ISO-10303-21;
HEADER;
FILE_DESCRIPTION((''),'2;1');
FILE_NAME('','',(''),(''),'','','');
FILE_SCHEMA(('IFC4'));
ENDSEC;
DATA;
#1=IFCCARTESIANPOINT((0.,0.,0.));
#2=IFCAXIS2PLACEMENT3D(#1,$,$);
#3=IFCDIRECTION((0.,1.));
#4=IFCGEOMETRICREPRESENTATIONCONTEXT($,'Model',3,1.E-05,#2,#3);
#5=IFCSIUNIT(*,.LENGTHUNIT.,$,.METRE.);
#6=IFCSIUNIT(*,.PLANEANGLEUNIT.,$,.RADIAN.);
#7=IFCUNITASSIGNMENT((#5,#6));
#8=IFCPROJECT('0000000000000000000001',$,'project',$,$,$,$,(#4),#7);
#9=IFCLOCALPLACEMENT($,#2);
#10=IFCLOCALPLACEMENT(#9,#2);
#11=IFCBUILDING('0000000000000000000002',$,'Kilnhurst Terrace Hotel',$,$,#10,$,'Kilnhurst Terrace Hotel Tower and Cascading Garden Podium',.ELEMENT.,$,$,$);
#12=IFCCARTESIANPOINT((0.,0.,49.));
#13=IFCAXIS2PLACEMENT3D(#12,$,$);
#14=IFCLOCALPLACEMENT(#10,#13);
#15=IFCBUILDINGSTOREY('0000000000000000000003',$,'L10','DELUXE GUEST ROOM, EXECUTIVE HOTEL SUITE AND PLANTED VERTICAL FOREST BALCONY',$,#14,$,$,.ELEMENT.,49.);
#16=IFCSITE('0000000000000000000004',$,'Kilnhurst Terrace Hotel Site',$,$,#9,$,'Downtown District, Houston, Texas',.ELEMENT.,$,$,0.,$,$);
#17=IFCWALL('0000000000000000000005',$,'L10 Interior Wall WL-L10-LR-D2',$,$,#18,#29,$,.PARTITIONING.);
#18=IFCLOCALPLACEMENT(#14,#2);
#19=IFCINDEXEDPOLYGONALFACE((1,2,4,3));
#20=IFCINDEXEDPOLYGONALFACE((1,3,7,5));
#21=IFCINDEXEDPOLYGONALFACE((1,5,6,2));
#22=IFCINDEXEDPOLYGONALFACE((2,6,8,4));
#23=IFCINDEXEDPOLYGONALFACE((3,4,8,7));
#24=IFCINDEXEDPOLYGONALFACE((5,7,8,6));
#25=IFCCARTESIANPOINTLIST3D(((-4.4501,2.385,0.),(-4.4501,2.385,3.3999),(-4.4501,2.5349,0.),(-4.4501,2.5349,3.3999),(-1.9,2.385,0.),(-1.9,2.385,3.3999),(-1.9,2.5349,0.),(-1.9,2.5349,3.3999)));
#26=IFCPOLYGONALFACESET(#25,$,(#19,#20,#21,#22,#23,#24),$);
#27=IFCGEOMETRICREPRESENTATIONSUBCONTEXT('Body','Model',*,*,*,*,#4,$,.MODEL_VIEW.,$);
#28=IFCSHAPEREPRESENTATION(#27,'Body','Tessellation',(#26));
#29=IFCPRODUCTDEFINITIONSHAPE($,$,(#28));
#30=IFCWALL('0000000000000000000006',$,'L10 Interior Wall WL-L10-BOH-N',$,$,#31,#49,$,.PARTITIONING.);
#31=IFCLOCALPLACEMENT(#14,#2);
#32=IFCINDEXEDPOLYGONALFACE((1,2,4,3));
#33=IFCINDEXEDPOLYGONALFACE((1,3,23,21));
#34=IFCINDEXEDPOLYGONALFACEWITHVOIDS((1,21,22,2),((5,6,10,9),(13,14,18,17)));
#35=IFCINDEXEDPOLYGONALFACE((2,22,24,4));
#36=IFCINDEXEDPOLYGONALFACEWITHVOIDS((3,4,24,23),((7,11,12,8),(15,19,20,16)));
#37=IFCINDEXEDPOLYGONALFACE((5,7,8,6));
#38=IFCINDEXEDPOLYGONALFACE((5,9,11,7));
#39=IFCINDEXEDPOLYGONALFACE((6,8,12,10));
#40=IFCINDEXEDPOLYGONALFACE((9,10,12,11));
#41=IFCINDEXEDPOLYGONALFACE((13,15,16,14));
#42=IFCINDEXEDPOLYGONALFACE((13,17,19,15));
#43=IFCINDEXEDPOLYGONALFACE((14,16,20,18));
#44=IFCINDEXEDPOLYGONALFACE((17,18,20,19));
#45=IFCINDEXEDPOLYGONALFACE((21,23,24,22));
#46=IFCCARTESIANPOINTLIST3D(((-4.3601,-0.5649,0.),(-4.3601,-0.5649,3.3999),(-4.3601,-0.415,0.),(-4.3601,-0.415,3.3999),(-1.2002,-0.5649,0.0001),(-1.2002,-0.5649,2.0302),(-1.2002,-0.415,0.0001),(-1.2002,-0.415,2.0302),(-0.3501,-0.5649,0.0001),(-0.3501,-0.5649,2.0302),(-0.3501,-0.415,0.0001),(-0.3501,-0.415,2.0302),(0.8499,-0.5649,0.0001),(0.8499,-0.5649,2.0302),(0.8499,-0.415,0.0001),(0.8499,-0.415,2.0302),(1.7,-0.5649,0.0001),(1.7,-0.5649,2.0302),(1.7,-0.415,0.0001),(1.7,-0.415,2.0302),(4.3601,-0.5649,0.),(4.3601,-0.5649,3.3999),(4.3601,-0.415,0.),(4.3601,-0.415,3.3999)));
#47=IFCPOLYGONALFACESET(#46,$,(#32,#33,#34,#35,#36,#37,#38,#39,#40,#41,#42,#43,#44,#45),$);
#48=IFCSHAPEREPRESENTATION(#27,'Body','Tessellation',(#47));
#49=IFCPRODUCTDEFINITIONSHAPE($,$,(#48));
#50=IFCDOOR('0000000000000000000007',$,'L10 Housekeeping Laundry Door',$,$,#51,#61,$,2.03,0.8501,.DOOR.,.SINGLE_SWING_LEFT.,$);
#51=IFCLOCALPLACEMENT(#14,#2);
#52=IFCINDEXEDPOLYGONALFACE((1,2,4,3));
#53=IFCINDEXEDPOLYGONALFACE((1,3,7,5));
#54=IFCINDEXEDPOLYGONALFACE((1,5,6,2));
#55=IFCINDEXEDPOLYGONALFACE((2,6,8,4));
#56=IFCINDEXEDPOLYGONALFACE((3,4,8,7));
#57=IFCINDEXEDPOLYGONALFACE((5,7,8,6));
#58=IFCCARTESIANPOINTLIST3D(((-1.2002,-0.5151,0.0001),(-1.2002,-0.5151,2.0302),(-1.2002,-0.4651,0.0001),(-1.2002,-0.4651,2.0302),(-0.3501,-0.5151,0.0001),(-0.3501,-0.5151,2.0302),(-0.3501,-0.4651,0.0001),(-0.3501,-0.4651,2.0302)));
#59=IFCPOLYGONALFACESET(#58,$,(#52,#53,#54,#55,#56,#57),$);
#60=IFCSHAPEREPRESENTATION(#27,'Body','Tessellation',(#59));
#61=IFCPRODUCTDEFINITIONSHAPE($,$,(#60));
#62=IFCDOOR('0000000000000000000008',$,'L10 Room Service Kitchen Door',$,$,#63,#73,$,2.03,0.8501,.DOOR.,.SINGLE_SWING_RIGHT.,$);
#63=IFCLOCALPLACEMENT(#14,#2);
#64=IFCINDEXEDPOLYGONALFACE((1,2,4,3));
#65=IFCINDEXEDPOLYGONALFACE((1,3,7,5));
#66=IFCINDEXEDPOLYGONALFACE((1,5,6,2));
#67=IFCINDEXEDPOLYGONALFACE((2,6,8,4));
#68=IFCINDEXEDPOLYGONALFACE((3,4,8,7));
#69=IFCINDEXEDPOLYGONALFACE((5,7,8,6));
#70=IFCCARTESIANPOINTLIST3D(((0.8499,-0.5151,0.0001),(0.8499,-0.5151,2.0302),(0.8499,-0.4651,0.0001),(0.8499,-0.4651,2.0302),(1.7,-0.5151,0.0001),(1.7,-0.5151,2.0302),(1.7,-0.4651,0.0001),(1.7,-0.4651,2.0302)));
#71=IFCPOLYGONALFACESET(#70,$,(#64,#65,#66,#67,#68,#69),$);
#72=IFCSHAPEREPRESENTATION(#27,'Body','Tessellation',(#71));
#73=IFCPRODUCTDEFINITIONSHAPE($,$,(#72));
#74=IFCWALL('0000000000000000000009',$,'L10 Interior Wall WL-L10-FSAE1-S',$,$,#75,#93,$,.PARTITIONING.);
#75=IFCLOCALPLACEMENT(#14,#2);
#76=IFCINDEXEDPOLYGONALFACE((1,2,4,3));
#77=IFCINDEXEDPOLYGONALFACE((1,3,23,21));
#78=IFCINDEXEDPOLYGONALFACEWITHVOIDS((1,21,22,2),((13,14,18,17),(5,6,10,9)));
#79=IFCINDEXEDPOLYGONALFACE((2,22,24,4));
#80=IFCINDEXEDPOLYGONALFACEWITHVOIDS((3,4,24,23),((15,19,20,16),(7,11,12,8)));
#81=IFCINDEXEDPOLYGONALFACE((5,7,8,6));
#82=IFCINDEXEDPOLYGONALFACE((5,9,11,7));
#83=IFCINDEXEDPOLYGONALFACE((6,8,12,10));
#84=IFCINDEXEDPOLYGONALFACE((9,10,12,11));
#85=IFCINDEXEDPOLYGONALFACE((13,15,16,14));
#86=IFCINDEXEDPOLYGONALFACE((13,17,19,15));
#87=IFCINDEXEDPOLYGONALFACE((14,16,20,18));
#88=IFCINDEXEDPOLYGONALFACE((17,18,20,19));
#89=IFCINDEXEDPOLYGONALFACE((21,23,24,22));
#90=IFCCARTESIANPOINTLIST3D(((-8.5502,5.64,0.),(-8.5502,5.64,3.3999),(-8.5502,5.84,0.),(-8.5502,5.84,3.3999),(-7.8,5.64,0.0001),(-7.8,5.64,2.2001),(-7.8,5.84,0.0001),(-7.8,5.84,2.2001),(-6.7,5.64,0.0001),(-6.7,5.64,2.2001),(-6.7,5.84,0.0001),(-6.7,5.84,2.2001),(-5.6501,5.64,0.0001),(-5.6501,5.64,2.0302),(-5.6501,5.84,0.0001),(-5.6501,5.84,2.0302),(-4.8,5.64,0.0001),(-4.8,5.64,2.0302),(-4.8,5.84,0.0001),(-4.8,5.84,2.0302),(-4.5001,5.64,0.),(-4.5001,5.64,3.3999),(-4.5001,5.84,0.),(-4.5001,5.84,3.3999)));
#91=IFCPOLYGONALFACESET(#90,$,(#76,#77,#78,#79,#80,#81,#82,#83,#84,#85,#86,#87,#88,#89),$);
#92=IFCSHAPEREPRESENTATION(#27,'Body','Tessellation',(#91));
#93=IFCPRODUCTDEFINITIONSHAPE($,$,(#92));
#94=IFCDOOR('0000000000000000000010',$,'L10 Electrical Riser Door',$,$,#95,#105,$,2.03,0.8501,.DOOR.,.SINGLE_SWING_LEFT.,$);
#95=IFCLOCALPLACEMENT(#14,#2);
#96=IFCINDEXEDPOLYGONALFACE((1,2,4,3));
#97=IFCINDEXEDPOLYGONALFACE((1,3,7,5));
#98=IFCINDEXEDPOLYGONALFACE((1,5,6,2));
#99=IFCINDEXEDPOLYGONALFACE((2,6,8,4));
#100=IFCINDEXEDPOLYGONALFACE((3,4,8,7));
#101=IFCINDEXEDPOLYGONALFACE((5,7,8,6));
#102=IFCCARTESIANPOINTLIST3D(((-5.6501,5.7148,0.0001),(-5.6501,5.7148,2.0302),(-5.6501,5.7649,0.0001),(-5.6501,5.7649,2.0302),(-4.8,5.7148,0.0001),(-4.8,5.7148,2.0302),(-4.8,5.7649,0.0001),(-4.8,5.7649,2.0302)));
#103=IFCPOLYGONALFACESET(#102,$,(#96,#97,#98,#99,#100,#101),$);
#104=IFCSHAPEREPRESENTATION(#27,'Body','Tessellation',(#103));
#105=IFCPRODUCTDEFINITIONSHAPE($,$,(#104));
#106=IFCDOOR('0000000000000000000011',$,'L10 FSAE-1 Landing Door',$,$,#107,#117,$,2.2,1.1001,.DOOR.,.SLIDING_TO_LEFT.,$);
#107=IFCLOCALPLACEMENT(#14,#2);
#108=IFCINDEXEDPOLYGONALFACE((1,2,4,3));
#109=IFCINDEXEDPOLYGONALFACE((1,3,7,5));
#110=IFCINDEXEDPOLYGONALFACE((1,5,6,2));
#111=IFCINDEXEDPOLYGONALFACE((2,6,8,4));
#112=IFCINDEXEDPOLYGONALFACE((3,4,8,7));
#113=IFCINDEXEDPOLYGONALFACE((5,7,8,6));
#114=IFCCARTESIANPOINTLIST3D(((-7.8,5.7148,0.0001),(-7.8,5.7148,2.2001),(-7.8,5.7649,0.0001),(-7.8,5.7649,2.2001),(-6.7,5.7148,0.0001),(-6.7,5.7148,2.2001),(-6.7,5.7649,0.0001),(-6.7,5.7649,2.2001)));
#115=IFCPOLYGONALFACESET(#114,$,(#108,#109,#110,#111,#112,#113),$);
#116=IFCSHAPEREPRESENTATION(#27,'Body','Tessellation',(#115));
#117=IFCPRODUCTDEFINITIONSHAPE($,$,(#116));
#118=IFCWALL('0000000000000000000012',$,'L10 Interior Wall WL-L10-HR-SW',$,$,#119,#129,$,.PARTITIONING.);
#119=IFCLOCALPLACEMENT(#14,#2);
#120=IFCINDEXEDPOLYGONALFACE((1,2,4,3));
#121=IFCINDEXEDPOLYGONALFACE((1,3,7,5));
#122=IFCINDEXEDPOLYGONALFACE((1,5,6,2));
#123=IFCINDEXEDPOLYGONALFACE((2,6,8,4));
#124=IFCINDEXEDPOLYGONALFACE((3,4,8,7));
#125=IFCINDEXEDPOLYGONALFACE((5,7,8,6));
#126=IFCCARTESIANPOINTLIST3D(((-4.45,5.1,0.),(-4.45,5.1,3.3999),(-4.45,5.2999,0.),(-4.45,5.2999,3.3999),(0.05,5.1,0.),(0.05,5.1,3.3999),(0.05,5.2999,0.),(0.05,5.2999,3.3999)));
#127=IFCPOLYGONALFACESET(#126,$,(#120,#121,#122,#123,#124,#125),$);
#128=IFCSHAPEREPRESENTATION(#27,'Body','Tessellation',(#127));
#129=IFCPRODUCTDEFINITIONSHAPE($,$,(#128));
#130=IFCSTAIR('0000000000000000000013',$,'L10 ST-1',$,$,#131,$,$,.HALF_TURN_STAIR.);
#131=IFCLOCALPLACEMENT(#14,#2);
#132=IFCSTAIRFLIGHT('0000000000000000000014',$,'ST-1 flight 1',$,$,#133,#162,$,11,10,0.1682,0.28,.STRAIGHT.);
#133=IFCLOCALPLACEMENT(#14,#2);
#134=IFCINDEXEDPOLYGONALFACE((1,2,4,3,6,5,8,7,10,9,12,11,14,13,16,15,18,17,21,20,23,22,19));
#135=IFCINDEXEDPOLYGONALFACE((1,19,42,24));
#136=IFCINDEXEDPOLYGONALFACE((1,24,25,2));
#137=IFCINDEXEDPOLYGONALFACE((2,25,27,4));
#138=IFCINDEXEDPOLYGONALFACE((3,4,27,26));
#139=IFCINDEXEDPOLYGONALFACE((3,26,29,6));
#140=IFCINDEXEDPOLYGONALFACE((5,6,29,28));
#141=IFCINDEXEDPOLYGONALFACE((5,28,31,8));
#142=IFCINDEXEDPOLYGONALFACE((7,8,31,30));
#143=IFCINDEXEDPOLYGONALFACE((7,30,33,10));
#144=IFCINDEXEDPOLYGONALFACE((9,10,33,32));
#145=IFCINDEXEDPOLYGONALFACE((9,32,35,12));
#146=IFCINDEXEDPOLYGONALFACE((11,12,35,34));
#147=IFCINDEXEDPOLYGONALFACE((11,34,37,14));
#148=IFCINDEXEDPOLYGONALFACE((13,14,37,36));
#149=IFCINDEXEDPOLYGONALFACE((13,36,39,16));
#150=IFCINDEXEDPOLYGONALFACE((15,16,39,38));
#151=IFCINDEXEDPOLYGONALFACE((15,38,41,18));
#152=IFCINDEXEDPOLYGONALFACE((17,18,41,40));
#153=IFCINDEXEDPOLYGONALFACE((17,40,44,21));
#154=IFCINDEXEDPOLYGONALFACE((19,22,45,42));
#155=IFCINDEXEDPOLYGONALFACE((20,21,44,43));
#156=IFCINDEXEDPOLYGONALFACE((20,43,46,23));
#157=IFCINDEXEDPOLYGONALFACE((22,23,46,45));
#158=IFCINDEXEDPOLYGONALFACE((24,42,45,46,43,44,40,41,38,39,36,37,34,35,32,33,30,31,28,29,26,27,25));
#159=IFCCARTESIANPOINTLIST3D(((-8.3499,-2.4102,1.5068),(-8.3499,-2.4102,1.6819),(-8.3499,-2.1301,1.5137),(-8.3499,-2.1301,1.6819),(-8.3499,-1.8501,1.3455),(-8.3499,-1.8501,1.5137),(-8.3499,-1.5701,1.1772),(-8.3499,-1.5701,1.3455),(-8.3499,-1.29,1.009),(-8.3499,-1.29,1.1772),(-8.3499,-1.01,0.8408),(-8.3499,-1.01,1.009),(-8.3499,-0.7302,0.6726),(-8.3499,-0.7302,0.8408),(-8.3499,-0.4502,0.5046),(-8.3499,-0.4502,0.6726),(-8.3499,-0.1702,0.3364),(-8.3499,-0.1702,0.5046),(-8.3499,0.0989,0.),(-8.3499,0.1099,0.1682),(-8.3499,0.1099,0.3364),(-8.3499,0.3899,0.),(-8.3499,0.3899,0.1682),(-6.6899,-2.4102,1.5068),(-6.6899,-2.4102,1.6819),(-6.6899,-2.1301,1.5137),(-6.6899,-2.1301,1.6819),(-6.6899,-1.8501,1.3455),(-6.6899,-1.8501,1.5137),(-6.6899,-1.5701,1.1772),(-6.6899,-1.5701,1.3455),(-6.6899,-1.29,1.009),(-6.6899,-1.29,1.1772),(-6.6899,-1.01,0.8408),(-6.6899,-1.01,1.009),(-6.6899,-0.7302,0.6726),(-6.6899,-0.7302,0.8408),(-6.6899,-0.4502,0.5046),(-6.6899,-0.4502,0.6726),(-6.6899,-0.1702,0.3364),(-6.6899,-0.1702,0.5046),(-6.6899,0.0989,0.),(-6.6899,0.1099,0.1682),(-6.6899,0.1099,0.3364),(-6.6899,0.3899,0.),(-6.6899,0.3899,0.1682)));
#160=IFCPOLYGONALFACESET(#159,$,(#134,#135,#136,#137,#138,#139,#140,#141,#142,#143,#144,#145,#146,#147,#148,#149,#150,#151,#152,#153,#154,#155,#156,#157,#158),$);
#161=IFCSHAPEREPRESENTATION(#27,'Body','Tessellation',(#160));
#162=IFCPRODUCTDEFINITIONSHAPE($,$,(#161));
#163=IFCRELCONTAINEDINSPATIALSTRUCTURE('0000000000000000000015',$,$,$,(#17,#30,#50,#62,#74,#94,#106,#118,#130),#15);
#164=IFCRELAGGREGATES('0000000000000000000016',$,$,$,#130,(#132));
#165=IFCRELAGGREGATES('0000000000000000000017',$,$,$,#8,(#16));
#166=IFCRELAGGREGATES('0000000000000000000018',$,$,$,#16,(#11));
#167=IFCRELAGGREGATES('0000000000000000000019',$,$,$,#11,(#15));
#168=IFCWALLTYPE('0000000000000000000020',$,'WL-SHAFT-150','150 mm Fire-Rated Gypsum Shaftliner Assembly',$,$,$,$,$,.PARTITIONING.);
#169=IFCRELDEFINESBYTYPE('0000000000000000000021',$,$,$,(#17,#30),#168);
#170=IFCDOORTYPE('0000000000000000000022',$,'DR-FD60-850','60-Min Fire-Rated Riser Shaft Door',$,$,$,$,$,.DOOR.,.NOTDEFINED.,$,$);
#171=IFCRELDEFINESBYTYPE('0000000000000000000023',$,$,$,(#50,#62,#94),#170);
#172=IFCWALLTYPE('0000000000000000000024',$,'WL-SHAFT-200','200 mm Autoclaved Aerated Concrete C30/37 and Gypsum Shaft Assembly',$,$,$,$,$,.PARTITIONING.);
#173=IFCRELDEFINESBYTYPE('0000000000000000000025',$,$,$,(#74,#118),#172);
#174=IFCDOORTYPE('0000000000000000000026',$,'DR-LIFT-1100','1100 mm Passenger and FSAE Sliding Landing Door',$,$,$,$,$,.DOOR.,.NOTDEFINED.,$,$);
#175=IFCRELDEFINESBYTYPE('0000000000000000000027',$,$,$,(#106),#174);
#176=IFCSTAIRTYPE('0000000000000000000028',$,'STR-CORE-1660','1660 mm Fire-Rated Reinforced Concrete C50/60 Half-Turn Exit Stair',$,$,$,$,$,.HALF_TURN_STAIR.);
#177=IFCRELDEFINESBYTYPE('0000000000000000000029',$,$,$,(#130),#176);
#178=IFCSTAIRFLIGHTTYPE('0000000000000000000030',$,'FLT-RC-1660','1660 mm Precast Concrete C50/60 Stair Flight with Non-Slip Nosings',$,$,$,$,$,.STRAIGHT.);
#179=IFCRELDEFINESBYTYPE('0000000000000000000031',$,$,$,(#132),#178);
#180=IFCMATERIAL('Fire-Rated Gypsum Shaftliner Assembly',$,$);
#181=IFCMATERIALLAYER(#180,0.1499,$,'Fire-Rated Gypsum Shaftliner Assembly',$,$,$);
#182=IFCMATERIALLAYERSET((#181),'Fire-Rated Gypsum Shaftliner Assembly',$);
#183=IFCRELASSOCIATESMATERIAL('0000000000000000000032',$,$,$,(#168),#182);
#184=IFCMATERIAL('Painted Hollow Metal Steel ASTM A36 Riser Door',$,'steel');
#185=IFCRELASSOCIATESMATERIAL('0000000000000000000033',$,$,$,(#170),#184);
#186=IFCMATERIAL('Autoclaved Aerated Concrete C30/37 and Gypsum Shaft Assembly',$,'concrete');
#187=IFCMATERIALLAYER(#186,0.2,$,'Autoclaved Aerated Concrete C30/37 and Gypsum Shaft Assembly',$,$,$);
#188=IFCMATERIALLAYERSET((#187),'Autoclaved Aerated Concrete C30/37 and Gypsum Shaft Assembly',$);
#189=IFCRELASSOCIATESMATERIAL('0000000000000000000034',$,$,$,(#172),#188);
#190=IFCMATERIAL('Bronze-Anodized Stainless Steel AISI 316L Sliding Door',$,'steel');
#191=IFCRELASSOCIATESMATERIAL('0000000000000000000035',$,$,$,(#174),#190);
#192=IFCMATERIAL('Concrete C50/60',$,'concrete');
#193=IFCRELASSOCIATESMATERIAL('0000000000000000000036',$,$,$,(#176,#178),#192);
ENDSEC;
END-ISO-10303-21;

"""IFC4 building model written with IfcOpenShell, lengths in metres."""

from ifc_helpers import new_model, si_unit, direction, frame, frame_2d, origin, place, context, subcontext, project, spatial, polyline, rectangle, outline, extrude, material, layer, layer_set, type_object, element, fill, aggregate, save


model = new_model("IFC4")

# Units and contexts
model_context = context("Model", 3, precision=1e-05, world=origin(), true_north=direction((0.0, 1.0)))
body_context = subcontext(model_context, "Body", "Model", "MODEL_VIEW")
ifc_project = project(units=[si_unit("LENGTHUNIT", "METRE"), si_unit("PLANEANGLEUNIT", "RADIAN")], contexts=[model_context])

# Site, building, storey
site_placement = place(None, origin())
site = spatial("IfcSite", under=ifc_project, at=site_placement, Name="Kilnhurst Terrace Hotel Site", LongName="Downtown District, Houston, Texas", CompositionType="ELEMENT", RefElevation=0.0)
building_placement = place(site_placement, origin())
building = spatial("IfcBuilding", under=site, at=building_placement, Name="Kilnhurst Terrace Hotel", LongName="Kilnhurst Terrace Hotel Tower and Cascading Garden Podium", CompositionType="ELEMENT")
storey_placement = place(building_placement, frame((0.0, 0.0, 49.0)))
storey = spatial("IfcBuildingStorey", under=building, at=storey_placement, Name="L10", Description="DELUXE GUEST ROOM, EXECUTIVE HOTEL SUITE AND PLANTED VERTICAL FOREST BALCONY", CompositionType="ELEMENT", Elevation=49.0)

# Shared definitions
ifc_material_1 = material(Name="Concrete C50/60", Category="concrete")

# Wall
ifc_material_2 = material(Name="Fire-Rated Gypsum Shaftliner Assembly")
ifc_layer_1 = layer(ifc_material_2, 0.1499, Name="Fire-Rated Gypsum Shaftliner Assembly")
ifc_layer_set_1 = layer_set([ifc_layer_1], Name="Fire-Rated Gypsum Shaftliner Assembly")
wall_type_1 = type_object("IfcWallType", Name="WL-SHAFT-150", Description="150 mm Fire-Rated Gypsum Shaftliner Assembly", PredefinedType="PARTITIONING", material=ifc_layer_set_1)
for number, where, z_axis, x_axis, name in (
    (1, (-4.45, 2.46, 0.0), (0.0, 0.0, 1.0), (1.0, 0.0, 0.0), "L10 Interior Wall WL-L10-LR-D2"),
):
    element("IfcWall", number, at=place(storey_placement, frame(where, z_axis=z_axis, x_axis=x_axis)), inside=storey, type_object=wall_type_1, Name=name, PredefinedType="PARTITIONING", context=body_context, shape_type="SweptSolid", body=[
        extrude(rectangle(XDim=2.55, YDim=0.1499, at=frame_2d((1.2749, 0.0))), origin(), (0.0, 0.0, 1.0), 3.3999),
    ])

# Walls, openings, doors
wall_1_placement = place(storey_placement, frame((-4.3601, -0.49, 0.0), z_axis=(0.0, 0.0, 1.0), x_axis=(1.0, 0.0, 0.0)))
wall_1 = element("IfcWall", 2, at=wall_1_placement, inside=storey, type_object=wall_type_1, Name="L10 Interior Wall WL-L10-BOH-N", PredefinedType="PARTITIONING", context=body_context, shape_type="SweptSolid", body=[
    extrude(rectangle(XDim=8.7202, YDim=0.1499, at=frame_2d((4.3601, 0.0))), origin(), (0.0, 0.0, 1.0), 3.3999),
])
opening_1_placement = place(wall_1_placement, frame((3.1599, 0.0, 0.0)))
opening_1 = element("IfcOpeningElement", 3, at=opening_1_placement, cuts=wall_1, PredefinedType="OPENING", context=body_context, shape_type="SweptSolid", body=[
    extrude(rectangle(XDim=0.8501, YDim=2.03, at=frame_2d((0.425, 1.0151))), frame((0.0, 0.085, 0.0), z_axis=(0.0, -1.0, 0.0), x_axis=(1.0, 0.0, 0.0)), (0.0, 0.0, 1.0), 0.1699),
])
opening_2_placement = place(wall_1_placement, frame((5.21, 0.0, 0.0)))
opening_2 = element("IfcOpeningElement", 4, at=opening_2_placement, cuts=wall_1, PredefinedType="OPENING", context=body_context, shape_type="SweptSolid", body=[
    extrude(rectangle(XDim=0.8501, YDim=2.03, at=frame_2d((0.425, 1.0151))), frame((0.0, 0.085, 0.0), z_axis=(0.0, -1.0, 0.0), x_axis=(1.0, 0.0, 0.0)), (0.0, 0.0, 1.0), 0.1699),
])
ifc_material_3 = material(Name="Painted Hollow Metal Steel ASTM A36 Riser Door", Category="steel")
door_type_1 = type_object("IfcDoorType", Name="DR-FD60-850", Description="60-Min Fire-Rated Riser Shaft Door", OperationType="NOTDEFINED", PredefinedType="DOOR", material=ifc_material_3)
door_1_placement = place(opening_1_placement, origin())
door_1 = element("IfcDoor", 5, at=door_1_placement, inside=storey, type_object=door_type_1, Name="L10 Housekeeping Laundry Door", OperationType="SINGLE_SWING_LEFT", OverallHeight=2.03, OverallWidth=0.8501, PredefinedType="DOOR", context=body_context, shape_type="SweptSolid", body=[
    extrude(rectangle(XDim=0.8501, YDim=2.03, at=frame_2d((0.425, 1.0151))), frame((0.0, 0.0249, 0.0), z_axis=(0.0, -1.0, 0.0), x_axis=(1.0, 0.0, 0.0)), (0.0, 0.0, 1.0), 0.05),
])
fill(opening_1, door_1)
door_2_placement = place(opening_2_placement, origin())
door_2 = element("IfcDoor", 6, at=door_2_placement, inside=storey, type_object=door_type_1, Name="L10 Room Service Kitchen Door", OperationType="SINGLE_SWING_RIGHT", OverallHeight=2.03, OverallWidth=0.8501, PredefinedType="DOOR", context=body_context, shape_type="SweptSolid", body=[
    extrude(rectangle(XDim=0.8501, YDim=2.03, at=frame_2d((0.425, 1.0151))), frame((0.0, 0.0249, 0.0), z_axis=(0.0, -1.0, 0.0), x_axis=(1.0, 0.0, 0.0)), (0.0, 0.0, 1.0), 0.05),
])
fill(opening_2, door_2)
ifc_material_4 = material(Name="Autoclaved Aerated Concrete C30/37 and Gypsum Shaft Assembly", Category="concrete")
ifc_layer_2 = layer(ifc_material_4, 0.2, Name="Autoclaved Aerated Concrete C30/37 and Gypsum Shaft Assembly")
ifc_layer_set_2 = layer_set([ifc_layer_2], Name="Autoclaved Aerated Concrete C30/37 and Gypsum Shaft Assembly")
wall_type_2 = type_object("IfcWallType", Name="WL-SHAFT-200", Description="200 mm Autoclaved Aerated Concrete C30/37 and Gypsum Shaft Assembly", PredefinedType="PARTITIONING", material=ifc_layer_set_2)
wall_2_placement = place(storey_placement, frame((-8.55, 5.74, 0.0), z_axis=(0.0, 0.0, 1.0), x_axis=(1.0, 0.0, 0.0)))
wall_2 = element("IfcWall", 7, at=wall_2_placement, inside=storey, type_object=wall_type_2, Name="L10 Interior Wall WL-L10-FSAE1-S", PredefinedType="PARTITIONING", context=body_context, shape_type="SweptSolid", body=[
    extrude(rectangle(XDim=4.05, YDim=0.2, at=frame_2d((2.0249, 0.0))), origin(), (0.0, 0.0, 1.0), 3.3999),
])
opening_3_placement = place(wall_2_placement, frame((0.75, 0.0, 0.0)))
opening_3 = element("IfcOpeningElement", 8, at=opening_3_placement, cuts=wall_2, PredefinedType="OPENING", context=body_context, shape_type="SweptSolid", body=[
    extrude(rectangle(XDim=1.1001, YDim=2.2, at=frame_2d((0.55, 1.1001))), frame((0.0, 0.1099, 0.0), z_axis=(0.0, -1.0, 0.0), x_axis=(1.0, 0.0, 0.0)), (0.0, 0.0, 1.0), 0.22),
])
opening_4_placement = place(wall_2_placement, frame((2.8999, 0.0, 0.0)))
opening_4 = element("IfcOpeningElement", 9, at=opening_4_placement, cuts=wall_2, PredefinedType="OPENING", context=body_context, shape_type="SweptSolid", body=[
    extrude(rectangle(XDim=0.8501, YDim=2.03, at=frame_2d((0.425, 1.0151))), frame((0.0, 0.1099, 0.0), z_axis=(0.0, -1.0, 0.0), x_axis=(1.0, 0.0, 0.0)), (0.0, 0.0, 1.0), 0.22),
])
door_3_placement = place(opening_4_placement, origin())
door_3 = element("IfcDoor", 10, at=door_3_placement, inside=storey, type_object=door_type_1, Name="L10 Electrical Riser Door", OperationType="SINGLE_SWING_LEFT", OverallHeight=2.03, OverallWidth=0.8501, PredefinedType="DOOR", context=body_context, shape_type="SweptSolid", body=[
    extrude(rectangle(XDim=0.8501, YDim=2.03, at=frame_2d((0.425, 1.0151))), frame((0.0, 0.0249, 0.0), z_axis=(0.0, -1.0, 0.0), x_axis=(1.0, 0.0, 0.0)), (0.0, 0.0, 1.0), 0.05),
])
fill(opening_4, door_3)
ifc_material_5 = material(Name="Bronze-Anodized Stainless Steel AISI 316L Sliding Door", Category="steel")
door_type_2 = type_object("IfcDoorType", Name="DR-LIFT-1100", Description="1100 mm Passenger and FSAE Sliding Landing Door", OperationType="NOTDEFINED", PredefinedType="DOOR", material=ifc_material_5)
door_4_placement = place(opening_3_placement, origin())
door_4 = element("IfcDoor", 11, at=door_4_placement, inside=storey, type_object=door_type_2, Name="L10 FSAE-1 Landing Door", OperationType="SLIDING_TO_LEFT", OverallHeight=2.2, OverallWidth=1.1001, PredefinedType="DOOR", context=body_context, shape_type="SweptSolid", body=[
    extrude(rectangle(XDim=1.1001, YDim=2.2, at=frame_2d((0.55, 1.1001))), frame((0.0, 0.0249, 0.0), z_axis=(0.0, -1.0, 0.0), x_axis=(1.0, 0.0, 0.0)), (0.0, 0.0, 1.0), 0.05),
])
fill(opening_3, door_4)

# Wall
wall_3_placement = place(storey_placement, frame((-4.45, 5.2, 0.0), z_axis=(0.0, 0.0, 1.0), x_axis=(1.0, 0.0, 0.0)))
element("IfcWall", 12, at=wall_3_placement, inside=storey, type_object=wall_type_2, Name="L10 Interior Wall WL-L10-HR-SW", PredefinedType="PARTITIONING", context=body_context, shape_type="SweptSolid", body=[
    extrude(rectangle(XDim=4.5, YDim=0.2, at=frame_2d((2.25, 0.0))), origin(), (0.0, 0.0, 1.0), 3.3999),
])

# Stair, stair flight
stair_type = type_object("IfcStairType", Name="STR-CORE-1660", Description="1660 mm Fire-Rated Reinforced Concrete C50/60 Half-Turn Exit Stair", PredefinedType="HALF_TURN_STAIR", material=ifc_material_1)
stair_placement = place(storey_placement, origin())
stair = element("IfcStair", 13, at=stair_placement, inside=storey, type_object=stair_type, Name="L10 ST-1", PredefinedType="HALF_TURN_STAIR")
stair_flight_type = type_object("IfcStairFlightType", Name="FLT-RC-1660", Description="1660 mm Precast Concrete C50/60 Stair Flight with Non-Slip Nosings", PredefinedType="STRAIGHT", material=ifc_material_1)
stair_flight_placement = place(storey_placement, frame((-7.52, 0.3899, 0.0), z_axis=(0.0, 0.0, 1.0), x_axis=(0.0, -1.0, 0.0)))
stair_flight = element("IfcStairFlight", 14, at=stair_flight_placement, type_object=stair_flight_type, Name="ST-1 flight 1", NumberOfRisers=11, NumberOfTreads=10, PredefinedType="STRAIGHT", RiserHeight=0.1682, TreadLength=0.28, context=body_context, shape_type="SweptSolid", body=[
    extrude(outline(polyline([(0.0, 0.0), (0.0, 0.1682), (0.28, 0.1682), (0.28, 0.3364), (0.5601, 0.3364), (0.5601, 0.5046), (0.8401, 0.5046), (0.8401, 0.6726), (1.1201, 0.6726), (1.1201, 0.8408), (1.3999, 0.8408), (1.3999, 1.009), (1.6799, 1.009), (1.6799, 1.1772), (1.96, 1.1772), (1.96, 1.3455), (2.24, 1.3455), (2.24, 1.5137), (2.52, 1.5137), (2.52, 1.6819), (2.8, 1.6819), (2.8, 1.8501), (2.8, 1.5068), (0.291, 0.0), (0.0, 0.0)])), frame((0.0, 0.8301, 0.0), z_axis=(0.0, -1.0, 0.0), x_axis=(1.0, 0.0, 0.0)), (0.0, 0.0, 1.0), 1.6599),
])
aggregate(stair, [stair_flight])

save(model, "model.ifc")
